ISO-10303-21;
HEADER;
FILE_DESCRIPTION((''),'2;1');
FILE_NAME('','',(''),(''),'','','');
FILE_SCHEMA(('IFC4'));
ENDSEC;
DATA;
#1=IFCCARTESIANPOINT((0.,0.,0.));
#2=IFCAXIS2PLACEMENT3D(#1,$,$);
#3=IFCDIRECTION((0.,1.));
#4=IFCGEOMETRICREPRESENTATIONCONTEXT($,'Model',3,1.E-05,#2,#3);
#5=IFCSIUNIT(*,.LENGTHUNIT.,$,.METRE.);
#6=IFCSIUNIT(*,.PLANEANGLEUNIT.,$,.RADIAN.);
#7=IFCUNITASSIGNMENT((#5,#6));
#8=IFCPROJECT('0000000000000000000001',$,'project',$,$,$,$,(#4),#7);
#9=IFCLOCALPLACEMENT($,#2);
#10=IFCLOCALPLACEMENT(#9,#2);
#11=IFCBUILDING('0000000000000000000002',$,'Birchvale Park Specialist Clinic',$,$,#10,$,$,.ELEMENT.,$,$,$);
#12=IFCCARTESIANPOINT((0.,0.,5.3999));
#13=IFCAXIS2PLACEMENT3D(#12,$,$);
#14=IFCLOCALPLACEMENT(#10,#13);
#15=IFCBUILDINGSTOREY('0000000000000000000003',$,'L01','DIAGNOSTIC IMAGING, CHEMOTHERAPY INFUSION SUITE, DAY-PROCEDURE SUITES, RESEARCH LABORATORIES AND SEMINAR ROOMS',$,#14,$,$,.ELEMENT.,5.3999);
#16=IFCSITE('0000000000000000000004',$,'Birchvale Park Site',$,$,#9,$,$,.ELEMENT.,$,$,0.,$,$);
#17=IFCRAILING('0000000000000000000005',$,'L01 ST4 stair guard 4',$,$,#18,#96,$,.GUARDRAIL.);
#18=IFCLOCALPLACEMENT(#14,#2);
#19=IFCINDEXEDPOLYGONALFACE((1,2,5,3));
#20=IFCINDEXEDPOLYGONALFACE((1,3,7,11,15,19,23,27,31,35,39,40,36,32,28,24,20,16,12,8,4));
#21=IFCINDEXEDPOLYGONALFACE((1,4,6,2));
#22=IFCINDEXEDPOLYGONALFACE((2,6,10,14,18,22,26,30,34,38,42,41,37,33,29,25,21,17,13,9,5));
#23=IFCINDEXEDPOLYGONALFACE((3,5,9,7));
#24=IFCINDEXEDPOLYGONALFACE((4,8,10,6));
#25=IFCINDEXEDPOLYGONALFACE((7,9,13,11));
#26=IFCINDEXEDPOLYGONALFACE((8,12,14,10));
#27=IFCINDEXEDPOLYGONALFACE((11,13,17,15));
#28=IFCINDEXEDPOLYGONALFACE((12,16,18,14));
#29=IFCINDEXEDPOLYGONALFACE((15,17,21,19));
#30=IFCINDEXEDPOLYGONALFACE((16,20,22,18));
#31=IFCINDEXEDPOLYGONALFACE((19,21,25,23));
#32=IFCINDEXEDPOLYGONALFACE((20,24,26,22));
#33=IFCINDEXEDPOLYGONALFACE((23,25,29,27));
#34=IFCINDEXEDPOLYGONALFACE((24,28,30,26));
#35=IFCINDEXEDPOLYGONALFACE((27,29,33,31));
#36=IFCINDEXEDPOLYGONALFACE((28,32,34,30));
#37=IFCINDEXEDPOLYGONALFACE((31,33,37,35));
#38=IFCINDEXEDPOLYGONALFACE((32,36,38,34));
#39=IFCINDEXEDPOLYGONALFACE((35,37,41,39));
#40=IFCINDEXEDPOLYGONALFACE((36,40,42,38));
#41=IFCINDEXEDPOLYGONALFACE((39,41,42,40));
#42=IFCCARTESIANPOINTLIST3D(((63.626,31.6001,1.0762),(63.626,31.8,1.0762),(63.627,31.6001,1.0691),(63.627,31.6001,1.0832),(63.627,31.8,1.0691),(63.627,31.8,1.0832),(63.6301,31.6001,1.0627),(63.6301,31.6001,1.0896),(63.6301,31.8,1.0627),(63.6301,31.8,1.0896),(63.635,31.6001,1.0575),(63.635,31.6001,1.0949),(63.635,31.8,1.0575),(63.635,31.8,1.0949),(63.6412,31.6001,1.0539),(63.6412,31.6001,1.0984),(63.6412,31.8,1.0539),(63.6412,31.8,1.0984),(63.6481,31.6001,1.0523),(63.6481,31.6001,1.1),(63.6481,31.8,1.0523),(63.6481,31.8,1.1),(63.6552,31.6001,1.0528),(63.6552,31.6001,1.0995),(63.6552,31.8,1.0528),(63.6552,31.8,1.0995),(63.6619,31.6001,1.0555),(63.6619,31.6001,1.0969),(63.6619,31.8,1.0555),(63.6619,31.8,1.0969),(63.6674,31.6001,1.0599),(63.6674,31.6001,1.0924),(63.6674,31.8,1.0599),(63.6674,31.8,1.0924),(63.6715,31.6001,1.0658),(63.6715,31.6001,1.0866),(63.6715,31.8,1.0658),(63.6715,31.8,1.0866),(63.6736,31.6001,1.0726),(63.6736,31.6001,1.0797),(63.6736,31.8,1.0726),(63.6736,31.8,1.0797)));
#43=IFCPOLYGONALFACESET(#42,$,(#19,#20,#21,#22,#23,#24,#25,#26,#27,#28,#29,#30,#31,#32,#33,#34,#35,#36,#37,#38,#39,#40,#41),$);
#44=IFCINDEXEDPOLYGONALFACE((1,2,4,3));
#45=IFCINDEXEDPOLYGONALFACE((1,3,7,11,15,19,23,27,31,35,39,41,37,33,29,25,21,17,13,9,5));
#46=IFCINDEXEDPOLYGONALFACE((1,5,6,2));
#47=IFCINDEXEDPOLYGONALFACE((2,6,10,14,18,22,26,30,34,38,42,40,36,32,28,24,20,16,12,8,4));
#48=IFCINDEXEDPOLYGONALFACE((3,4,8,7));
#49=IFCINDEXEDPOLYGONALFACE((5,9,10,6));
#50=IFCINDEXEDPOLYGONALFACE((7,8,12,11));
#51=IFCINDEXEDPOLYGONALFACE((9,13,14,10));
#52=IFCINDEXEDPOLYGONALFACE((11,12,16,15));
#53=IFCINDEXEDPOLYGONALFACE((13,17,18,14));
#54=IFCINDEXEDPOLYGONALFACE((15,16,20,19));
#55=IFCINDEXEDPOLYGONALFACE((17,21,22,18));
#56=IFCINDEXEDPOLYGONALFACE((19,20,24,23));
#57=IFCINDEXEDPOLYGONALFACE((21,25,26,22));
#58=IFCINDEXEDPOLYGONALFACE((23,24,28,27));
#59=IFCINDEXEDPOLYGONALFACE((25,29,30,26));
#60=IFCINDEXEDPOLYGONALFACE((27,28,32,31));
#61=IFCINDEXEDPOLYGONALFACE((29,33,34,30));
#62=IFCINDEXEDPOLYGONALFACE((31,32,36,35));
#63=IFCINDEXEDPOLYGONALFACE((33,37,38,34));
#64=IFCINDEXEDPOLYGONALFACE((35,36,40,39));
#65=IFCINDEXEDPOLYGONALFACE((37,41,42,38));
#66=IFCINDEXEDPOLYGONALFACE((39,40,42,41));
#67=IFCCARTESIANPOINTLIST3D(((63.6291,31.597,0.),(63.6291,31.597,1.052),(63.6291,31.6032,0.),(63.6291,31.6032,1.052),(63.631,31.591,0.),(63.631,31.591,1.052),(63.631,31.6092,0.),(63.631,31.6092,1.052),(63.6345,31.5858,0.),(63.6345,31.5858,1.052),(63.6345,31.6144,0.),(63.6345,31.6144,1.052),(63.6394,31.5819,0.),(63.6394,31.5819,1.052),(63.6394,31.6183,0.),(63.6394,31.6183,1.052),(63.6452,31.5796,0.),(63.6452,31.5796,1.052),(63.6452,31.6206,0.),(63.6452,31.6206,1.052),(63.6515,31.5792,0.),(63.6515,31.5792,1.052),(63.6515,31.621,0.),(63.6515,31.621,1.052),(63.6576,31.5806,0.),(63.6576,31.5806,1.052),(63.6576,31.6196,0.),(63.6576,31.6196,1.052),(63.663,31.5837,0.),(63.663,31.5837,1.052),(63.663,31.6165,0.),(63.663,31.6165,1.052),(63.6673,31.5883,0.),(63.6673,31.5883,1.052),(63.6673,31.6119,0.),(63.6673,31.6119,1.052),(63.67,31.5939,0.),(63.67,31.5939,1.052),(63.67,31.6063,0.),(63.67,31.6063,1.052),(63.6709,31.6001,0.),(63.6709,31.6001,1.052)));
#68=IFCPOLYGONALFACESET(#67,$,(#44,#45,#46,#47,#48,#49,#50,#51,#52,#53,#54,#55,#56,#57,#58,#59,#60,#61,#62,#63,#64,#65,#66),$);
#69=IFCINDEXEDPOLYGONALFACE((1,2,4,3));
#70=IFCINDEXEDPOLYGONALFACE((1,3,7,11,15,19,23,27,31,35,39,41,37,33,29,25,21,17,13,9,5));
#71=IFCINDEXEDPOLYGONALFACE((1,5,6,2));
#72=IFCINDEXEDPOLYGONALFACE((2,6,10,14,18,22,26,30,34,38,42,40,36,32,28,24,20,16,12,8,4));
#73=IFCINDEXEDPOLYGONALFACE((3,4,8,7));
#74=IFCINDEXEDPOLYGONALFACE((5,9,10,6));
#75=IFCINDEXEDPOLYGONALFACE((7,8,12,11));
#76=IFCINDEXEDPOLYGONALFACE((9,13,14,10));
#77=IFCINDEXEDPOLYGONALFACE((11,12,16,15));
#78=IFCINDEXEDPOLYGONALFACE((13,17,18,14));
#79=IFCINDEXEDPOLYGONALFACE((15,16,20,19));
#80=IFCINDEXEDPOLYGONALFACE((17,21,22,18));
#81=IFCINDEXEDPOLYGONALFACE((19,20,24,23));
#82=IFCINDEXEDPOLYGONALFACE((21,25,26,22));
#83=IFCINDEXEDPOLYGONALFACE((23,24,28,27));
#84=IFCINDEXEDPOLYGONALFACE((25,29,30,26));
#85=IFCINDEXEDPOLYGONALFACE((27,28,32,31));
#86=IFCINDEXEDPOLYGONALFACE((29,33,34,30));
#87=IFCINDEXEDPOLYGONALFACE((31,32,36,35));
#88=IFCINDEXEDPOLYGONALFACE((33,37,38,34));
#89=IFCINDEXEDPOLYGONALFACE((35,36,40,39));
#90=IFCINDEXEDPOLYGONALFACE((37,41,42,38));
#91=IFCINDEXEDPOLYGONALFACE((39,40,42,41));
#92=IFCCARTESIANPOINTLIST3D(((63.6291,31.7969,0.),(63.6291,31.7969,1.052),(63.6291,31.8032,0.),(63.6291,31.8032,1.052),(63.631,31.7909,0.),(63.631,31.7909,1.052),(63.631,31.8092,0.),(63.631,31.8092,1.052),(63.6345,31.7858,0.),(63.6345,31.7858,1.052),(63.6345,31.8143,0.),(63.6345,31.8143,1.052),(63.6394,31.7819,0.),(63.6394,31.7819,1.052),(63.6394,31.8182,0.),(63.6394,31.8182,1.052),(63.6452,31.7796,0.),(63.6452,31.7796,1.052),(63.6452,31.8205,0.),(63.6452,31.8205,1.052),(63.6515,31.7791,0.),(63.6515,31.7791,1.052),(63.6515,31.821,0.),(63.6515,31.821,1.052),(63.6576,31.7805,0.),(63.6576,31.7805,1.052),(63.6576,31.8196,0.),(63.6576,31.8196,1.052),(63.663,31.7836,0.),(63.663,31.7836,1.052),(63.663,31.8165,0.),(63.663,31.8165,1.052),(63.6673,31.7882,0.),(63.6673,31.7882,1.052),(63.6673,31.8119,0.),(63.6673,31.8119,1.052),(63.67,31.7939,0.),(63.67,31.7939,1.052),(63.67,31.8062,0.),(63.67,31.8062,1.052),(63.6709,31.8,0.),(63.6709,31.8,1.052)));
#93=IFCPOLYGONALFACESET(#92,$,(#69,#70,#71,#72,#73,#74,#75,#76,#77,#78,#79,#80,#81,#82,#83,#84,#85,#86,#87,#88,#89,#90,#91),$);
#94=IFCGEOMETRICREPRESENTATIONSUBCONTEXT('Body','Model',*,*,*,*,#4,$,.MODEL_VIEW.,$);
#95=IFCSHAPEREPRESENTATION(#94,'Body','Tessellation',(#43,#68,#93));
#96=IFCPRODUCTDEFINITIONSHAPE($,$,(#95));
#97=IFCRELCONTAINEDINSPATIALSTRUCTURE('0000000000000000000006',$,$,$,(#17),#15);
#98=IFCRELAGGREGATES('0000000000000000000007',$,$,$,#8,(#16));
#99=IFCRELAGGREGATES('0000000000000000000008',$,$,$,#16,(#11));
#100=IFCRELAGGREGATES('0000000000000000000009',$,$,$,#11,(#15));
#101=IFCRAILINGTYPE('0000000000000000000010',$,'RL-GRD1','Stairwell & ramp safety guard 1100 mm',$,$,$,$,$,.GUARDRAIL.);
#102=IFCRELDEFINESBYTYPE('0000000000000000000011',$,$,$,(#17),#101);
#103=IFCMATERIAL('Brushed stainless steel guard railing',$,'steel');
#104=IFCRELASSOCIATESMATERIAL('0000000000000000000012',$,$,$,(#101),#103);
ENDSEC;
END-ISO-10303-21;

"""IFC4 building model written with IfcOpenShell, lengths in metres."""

from ifc_helpers import new_model, si_unit, direction, frame, origin, origin_2d, place, context, subcontext, project, spatial, circle, extrude, material, type_object, element, save


model = new_model("IFC4")

# Units and contexts
model_context = context("Model", 3, precision=1e-05, world=origin(), true_north=direction((0.0, 1.0)))
body_context = subcontext(model_context, "Body", "Model", "MODEL_VIEW")
ifc_project = project(units=[si_unit("LENGTHUNIT", "METRE"), si_unit("PLANEANGLEUNIT", "RADIAN")], contexts=[model_context])

# Site, building, storey
site_placement = place(None, origin())
site = spatial("IfcSite", under=ifc_project, at=site_placement, Name="Birchvale Park Site", CompositionType="ELEMENT", RefElevation=0.0)
building_placement = place(site_placement, origin())
building = spatial("IfcBuilding", under=site, at=building_placement, Name="Birchvale Park Specialist Clinic", CompositionType="ELEMENT")
storey_placement = place(building_placement, frame((0.0, 0.0, 5.3999)))
storey = spatial("IfcBuildingStorey", under=building, at=storey_placement, Name="L01", Description="DIAGNOSTIC IMAGING, CHEMOTHERAPY INFUSION SUITE, DAY-PROCEDURE SUITES, RESEARCH LABORATORIES AND SEMINAR ROOMS", CompositionType="ELEMENT", Elevation=5.3999)

# Railing
ifc_material_1 = material(Name="Brushed stainless steel guard railing", Category="steel")
railing_type_1 = type_object("IfcRailingType", Name="RL-GRD1", Description="Stairwell & ramp safety guard 1100 mm", PredefinedType="GUARDRAIL", material=ifc_material_1)
railing_1_placement = place(storey_placement, frame((63.6499, 31.6001, 0.0)))
element("IfcRailing", 1, at=railing_1_placement, inside=storey, type_object=railing_type_1, Name="L01 ST4 stair guard 4", PredefinedType="GUARDRAIL", context=body_context, shape_type="SweptSolid", body=[
    extrude(circle(Radius=0.0239, at=origin_2d()), frame((0.0, 0.0, 1.0762), z_axis=(0.0, 1.0, 0.0), x_axis=(-1.0, 0.0, 0.0)), (0.0, 0.0, 1.0), 0.2),
    extrude(circle(Radius=0.021, at=origin_2d()), origin(), (0.0, 0.0, 1.0), 1.052),
    extrude(circle(Radius=0.021, at=origin_2d()), frame((0.0, 0.2, 0.0)), (0.0, 0.0, 1.0), 1.052),
])

save(model, "model.ifc")
